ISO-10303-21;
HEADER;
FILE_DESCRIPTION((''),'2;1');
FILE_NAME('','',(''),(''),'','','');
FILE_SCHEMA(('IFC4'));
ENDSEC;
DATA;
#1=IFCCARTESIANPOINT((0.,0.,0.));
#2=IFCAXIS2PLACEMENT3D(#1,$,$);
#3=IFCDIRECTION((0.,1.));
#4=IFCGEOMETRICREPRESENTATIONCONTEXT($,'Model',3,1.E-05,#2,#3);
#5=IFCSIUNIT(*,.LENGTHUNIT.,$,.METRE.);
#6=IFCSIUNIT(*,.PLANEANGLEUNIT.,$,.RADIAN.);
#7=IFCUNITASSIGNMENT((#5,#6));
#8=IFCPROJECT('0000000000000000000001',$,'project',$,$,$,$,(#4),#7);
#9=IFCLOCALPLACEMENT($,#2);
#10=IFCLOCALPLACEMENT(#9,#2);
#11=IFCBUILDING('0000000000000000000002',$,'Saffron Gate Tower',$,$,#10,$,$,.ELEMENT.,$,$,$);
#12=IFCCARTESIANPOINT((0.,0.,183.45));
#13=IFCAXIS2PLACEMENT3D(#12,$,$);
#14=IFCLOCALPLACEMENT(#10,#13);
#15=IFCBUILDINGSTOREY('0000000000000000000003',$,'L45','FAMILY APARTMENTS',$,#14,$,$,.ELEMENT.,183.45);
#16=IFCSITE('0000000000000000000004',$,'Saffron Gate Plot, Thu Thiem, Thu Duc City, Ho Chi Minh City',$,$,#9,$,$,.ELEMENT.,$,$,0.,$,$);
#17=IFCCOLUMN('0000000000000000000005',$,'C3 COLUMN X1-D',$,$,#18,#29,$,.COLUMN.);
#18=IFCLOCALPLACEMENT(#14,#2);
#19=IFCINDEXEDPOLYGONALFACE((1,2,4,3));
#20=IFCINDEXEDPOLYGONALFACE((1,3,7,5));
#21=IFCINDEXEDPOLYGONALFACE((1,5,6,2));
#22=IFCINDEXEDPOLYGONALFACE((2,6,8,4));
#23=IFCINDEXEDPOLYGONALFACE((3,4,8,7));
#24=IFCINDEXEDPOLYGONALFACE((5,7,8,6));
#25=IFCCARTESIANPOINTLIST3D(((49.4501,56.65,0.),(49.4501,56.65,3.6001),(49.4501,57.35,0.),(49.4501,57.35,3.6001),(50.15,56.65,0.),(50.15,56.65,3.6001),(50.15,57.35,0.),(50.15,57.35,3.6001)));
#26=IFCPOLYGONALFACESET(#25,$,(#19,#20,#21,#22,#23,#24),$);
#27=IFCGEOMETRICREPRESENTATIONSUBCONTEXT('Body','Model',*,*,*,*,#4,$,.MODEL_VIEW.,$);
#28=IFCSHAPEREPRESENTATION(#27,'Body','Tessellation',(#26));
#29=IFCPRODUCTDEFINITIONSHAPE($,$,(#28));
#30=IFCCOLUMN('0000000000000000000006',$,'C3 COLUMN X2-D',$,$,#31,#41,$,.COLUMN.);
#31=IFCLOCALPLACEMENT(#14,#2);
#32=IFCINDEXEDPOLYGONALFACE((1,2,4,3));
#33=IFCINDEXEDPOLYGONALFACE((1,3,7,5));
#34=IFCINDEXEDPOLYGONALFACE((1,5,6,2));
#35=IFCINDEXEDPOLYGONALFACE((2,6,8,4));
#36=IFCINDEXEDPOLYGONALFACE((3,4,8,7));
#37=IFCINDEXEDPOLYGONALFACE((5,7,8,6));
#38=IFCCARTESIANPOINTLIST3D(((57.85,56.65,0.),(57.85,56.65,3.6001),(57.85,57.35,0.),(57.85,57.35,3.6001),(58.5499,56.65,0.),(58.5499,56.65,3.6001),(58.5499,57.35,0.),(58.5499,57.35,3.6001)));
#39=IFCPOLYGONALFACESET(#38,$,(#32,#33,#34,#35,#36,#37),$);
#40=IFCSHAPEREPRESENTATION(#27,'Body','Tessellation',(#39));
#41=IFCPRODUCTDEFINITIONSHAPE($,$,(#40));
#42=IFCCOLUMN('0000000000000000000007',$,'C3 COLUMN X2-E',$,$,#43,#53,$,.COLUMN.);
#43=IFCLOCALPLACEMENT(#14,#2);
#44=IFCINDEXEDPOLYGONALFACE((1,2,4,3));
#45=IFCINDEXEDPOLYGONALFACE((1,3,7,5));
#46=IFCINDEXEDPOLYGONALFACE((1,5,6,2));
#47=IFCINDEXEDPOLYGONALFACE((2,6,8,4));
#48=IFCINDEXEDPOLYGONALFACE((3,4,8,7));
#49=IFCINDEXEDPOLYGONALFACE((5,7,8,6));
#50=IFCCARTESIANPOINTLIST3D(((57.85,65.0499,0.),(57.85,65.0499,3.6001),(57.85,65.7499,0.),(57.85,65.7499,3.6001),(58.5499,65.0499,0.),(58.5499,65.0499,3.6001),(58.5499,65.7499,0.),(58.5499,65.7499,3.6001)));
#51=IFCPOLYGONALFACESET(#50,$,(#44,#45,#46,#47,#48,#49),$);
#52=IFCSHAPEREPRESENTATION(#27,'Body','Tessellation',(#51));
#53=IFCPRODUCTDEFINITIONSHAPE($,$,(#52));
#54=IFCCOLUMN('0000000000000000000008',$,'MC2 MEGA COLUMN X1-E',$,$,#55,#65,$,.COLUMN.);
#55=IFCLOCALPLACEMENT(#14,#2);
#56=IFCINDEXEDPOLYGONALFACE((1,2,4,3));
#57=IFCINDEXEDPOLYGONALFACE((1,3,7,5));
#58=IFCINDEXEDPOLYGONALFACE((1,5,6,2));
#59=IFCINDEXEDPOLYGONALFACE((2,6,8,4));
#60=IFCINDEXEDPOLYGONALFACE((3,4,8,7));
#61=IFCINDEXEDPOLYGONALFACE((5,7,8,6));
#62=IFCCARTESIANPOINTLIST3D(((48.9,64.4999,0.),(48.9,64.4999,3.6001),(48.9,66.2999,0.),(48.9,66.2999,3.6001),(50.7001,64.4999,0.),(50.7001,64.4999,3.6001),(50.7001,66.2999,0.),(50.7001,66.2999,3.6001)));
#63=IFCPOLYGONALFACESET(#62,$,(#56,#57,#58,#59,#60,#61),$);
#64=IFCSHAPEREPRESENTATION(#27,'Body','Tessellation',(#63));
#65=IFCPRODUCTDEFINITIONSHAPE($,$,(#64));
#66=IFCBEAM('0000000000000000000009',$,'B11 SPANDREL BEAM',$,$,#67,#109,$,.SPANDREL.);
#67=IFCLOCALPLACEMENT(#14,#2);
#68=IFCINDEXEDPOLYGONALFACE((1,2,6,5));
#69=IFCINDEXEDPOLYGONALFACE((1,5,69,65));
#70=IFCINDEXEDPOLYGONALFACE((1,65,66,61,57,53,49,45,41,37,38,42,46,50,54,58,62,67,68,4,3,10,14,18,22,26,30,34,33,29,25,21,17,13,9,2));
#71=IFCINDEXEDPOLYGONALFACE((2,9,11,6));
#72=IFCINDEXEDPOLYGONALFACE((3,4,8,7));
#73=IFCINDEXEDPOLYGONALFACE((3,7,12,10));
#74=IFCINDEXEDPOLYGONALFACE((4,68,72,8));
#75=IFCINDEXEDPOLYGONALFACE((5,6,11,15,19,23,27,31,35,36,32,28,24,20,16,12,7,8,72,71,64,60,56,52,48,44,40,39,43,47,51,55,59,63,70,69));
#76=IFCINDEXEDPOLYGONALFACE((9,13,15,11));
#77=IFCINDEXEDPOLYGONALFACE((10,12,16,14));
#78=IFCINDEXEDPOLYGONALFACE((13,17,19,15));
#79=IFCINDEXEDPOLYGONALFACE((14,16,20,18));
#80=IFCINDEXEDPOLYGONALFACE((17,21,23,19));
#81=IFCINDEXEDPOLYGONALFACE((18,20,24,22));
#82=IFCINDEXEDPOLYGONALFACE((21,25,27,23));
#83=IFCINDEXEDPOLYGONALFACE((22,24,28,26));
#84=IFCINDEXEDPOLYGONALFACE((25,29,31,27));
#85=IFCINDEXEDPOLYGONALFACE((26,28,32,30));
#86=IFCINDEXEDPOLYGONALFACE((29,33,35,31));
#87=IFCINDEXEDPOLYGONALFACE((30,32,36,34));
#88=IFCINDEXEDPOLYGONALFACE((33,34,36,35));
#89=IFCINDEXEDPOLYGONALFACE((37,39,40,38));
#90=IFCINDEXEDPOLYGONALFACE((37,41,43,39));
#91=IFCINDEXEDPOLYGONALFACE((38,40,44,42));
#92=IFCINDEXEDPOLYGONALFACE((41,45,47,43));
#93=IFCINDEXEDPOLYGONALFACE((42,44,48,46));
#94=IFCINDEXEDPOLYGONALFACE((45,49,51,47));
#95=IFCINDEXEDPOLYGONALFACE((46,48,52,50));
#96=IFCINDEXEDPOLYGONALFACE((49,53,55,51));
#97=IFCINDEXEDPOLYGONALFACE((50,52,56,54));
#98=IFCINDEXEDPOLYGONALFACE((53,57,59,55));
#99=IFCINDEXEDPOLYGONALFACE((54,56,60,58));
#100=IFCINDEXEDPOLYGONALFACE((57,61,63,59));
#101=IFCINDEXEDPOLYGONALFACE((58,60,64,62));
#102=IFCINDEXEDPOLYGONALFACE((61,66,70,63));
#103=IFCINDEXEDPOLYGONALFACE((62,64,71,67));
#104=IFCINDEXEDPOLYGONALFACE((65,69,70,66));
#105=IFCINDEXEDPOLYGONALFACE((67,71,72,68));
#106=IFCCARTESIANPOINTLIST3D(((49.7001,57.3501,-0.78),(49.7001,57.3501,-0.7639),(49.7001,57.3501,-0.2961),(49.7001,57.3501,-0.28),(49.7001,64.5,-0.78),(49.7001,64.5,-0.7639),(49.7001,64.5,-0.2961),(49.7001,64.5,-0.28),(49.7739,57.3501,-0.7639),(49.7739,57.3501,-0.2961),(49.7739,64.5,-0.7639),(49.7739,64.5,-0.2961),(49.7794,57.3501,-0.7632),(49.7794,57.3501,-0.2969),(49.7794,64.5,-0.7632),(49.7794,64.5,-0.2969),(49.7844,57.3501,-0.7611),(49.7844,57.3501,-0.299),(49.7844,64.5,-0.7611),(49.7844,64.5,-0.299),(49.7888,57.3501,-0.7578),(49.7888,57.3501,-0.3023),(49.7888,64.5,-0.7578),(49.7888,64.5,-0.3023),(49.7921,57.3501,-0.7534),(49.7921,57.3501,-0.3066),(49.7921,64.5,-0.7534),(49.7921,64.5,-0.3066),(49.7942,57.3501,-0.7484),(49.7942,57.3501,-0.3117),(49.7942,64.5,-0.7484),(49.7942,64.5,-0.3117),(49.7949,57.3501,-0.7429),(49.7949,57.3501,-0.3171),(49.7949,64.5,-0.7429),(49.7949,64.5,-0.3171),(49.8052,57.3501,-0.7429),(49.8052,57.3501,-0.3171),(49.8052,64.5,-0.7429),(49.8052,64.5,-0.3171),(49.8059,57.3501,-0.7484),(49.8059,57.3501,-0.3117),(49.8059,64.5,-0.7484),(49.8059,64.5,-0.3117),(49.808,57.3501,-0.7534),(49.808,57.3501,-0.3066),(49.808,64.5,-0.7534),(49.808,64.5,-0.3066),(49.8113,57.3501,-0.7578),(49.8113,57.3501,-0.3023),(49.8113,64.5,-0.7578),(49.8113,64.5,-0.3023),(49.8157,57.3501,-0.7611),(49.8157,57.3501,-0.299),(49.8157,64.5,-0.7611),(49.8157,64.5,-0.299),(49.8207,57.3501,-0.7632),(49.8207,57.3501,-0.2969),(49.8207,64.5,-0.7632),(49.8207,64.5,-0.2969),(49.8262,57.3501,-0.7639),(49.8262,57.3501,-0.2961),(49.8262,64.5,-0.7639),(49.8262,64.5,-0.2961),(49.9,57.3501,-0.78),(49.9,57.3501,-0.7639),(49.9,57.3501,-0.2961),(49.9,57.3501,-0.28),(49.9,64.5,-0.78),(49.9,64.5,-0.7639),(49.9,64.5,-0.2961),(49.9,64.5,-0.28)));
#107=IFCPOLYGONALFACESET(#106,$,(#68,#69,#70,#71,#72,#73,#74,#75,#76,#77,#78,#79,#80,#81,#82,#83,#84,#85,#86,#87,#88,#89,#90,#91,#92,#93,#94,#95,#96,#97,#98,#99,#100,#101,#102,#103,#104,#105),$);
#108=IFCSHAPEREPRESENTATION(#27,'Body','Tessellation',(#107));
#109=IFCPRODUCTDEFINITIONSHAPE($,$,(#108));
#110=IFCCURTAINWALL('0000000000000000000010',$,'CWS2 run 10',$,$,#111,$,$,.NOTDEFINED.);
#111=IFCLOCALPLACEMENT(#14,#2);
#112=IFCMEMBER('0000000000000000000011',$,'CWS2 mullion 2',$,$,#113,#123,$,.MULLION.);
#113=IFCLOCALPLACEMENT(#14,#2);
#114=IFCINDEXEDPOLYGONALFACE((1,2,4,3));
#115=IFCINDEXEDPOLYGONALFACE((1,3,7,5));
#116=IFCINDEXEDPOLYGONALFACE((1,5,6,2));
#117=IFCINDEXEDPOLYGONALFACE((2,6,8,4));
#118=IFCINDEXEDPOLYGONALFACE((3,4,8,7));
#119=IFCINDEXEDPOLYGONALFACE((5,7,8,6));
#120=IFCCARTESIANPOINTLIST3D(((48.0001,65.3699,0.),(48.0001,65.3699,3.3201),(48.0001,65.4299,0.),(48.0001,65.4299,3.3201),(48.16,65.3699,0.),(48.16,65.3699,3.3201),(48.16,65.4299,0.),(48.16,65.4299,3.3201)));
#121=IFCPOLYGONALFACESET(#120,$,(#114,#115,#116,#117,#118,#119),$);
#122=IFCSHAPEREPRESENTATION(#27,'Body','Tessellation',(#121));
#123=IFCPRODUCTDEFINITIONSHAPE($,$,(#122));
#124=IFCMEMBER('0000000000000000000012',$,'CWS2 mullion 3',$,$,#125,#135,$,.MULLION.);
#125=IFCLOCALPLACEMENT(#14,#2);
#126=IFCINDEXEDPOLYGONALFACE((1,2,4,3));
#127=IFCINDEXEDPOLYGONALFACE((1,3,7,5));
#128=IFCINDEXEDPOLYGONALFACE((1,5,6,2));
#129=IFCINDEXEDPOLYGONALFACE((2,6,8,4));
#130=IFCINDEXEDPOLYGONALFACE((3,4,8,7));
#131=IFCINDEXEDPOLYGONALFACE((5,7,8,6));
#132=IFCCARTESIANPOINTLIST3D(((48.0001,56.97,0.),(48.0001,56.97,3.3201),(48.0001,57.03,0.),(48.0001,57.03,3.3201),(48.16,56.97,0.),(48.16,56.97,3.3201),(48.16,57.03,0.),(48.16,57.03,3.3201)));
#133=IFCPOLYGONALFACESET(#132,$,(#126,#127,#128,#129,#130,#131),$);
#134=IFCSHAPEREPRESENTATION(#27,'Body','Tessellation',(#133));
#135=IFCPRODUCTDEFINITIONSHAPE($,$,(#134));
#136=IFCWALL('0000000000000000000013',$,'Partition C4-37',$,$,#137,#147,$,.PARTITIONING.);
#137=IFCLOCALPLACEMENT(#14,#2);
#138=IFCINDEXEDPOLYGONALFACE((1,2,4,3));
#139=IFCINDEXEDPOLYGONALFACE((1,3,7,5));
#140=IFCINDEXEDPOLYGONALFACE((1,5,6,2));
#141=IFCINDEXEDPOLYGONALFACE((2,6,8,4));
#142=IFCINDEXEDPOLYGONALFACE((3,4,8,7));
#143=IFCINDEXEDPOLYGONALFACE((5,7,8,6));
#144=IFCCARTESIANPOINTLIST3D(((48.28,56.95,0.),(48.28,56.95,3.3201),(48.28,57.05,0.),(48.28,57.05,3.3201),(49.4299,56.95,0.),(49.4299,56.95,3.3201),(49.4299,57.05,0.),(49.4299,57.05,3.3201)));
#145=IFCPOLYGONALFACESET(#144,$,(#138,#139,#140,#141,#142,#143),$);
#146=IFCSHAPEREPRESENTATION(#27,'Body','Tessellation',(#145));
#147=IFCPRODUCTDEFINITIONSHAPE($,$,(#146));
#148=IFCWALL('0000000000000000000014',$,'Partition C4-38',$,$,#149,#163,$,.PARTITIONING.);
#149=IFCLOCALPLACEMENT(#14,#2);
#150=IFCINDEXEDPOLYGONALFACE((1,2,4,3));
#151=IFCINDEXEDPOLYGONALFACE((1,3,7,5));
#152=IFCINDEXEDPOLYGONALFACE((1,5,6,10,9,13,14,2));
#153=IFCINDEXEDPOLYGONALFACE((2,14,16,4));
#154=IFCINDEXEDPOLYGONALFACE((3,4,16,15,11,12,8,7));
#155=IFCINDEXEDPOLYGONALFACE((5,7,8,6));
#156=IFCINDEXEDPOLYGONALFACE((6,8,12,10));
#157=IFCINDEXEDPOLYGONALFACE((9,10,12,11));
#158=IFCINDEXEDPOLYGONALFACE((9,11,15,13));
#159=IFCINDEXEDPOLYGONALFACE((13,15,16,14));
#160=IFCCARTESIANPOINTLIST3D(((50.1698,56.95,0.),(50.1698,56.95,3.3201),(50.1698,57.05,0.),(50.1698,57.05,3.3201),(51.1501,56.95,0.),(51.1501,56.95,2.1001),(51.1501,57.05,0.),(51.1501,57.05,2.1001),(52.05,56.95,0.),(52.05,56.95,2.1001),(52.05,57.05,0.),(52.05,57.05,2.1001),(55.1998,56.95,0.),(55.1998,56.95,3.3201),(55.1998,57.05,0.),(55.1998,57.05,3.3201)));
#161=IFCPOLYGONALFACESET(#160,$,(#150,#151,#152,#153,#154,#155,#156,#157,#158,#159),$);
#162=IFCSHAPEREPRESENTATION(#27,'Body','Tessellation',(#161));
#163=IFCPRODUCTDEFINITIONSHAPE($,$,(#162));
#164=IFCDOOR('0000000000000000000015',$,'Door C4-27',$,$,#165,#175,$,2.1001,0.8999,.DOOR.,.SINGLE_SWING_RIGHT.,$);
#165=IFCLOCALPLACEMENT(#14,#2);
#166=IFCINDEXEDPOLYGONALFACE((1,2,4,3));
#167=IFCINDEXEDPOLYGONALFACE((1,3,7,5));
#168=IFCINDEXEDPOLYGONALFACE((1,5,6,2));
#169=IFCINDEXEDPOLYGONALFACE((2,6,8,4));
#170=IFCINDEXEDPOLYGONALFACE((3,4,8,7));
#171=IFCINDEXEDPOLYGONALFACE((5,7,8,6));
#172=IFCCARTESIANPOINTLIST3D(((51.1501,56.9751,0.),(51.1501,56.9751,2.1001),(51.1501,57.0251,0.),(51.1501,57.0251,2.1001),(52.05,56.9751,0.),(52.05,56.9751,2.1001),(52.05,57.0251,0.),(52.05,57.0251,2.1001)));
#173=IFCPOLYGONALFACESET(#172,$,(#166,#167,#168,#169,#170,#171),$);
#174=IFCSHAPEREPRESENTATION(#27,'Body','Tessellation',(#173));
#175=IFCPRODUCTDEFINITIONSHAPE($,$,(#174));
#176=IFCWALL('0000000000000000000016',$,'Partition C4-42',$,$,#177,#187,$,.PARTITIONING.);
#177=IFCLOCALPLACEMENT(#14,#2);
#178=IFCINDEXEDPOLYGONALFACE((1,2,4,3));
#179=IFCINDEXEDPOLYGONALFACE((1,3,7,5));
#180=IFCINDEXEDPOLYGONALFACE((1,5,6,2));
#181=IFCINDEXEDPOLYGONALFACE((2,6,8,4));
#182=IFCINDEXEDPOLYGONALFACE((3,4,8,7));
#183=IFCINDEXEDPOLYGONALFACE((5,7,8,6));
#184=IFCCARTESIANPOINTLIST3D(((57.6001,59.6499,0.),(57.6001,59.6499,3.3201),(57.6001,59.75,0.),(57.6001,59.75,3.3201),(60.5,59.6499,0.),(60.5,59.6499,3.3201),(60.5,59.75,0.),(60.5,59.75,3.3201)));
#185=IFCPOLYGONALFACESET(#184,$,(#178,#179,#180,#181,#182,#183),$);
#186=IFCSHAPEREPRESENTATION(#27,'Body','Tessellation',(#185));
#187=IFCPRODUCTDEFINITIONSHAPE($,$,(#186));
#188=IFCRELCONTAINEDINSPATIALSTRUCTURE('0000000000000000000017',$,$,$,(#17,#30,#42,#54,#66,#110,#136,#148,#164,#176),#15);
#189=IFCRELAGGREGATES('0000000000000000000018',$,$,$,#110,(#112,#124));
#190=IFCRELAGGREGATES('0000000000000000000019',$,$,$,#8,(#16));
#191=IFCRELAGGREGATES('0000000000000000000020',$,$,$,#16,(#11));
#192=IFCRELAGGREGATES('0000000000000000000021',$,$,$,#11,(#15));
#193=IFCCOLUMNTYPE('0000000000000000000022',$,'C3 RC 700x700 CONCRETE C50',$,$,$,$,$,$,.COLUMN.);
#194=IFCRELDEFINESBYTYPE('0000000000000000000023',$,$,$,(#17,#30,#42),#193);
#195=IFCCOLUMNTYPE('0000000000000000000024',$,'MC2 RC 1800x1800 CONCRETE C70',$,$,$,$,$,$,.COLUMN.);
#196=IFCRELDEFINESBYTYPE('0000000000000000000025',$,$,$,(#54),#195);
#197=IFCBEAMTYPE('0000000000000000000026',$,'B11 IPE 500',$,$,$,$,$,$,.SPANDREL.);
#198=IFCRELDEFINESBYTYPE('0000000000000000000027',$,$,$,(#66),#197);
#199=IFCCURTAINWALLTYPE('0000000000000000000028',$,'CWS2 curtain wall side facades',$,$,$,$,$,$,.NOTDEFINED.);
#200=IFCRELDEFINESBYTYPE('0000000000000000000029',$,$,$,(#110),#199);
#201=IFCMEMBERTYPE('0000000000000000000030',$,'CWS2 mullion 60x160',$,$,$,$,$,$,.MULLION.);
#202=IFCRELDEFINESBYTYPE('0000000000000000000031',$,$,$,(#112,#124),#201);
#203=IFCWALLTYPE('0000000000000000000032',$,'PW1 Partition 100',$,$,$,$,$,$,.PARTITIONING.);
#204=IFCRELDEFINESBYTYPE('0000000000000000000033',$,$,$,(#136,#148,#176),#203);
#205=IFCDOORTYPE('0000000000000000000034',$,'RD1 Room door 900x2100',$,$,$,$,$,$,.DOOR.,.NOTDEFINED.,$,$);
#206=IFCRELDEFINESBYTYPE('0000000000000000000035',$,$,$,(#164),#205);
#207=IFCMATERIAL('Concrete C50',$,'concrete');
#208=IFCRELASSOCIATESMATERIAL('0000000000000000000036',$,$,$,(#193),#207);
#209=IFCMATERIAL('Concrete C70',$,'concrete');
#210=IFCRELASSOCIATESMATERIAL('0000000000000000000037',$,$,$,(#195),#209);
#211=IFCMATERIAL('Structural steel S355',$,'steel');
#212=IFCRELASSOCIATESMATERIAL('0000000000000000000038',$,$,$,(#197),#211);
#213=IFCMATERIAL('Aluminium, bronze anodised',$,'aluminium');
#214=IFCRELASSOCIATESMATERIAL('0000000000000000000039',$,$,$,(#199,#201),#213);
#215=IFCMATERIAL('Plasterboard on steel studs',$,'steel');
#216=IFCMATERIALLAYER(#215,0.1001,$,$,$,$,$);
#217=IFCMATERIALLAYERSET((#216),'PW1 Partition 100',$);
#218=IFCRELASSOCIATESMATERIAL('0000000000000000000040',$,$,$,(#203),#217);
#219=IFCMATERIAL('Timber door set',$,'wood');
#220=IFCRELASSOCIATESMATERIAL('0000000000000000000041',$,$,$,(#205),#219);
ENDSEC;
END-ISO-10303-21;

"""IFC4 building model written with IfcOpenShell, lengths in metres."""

from ifc_helpers import new_model, si_unit, direction, frame, frame_2d, origin, origin_2d, place, context, subcontext, project, spatial, rectangle, i_section, extrude, material, layer, layer_set, material_profile, profile_set, type_object, element, fill, aggregate, save


model = new_model("IFC4")

# Units and contexts
model_context = context("Model", 3, precision=1e-05, world=origin(), true_north=direction((0.0, 1.0)))
body_context = subcontext(model_context, "Body", "Model", "MODEL_VIEW")
ifc_project = project(units=[si_unit("LENGTHUNIT", "METRE"), si_unit("PLANEANGLEUNIT", "RADIAN")], contexts=[model_context])

# Site, building, storey
site_placement = place(None, origin())
site = spatial("IfcSite", under=ifc_project, at=site_placement, Name="Saffron Gate Plot, Thu Thiem, Thu Duc City, Ho Chi Minh City", CompositionType="ELEMENT", RefElevation=0.0)
building_placement = place(site_placement, origin())
building = spatial("IfcBuilding", under=site, at=building_placement, Name="Saffron Gate Tower", CompositionType="ELEMENT")
storey_placement = place(building_placement, frame((0.0, 0.0, 183.45)))
storey = spatial("IfcBuildingStorey", under=building, at=storey_placement, Name="L45", Description="FAMILY APARTMENTS", CompositionType="ELEMENT", Elevation=183.45)

# Columns
ifc_material_1 = material(Name="Concrete C50", Category="concrete")
ifc_material_profile_1 = material_profile(ifc_material_1, rectangle(XDim=0.7, YDim=0.7, at=origin_2d()))
ifc_profile_set_1 = profile_set([ifc_material_profile_1], Name="Concrete C50")
column_type_1 = type_object("IfcColumnType", Name="C3 RC 700x700 CONCRETE C50", PredefinedType="COLUMN", material=ifc_profile_set_1)
for number, where, z_axis, x_axis, name in (
    (1, (49.8, 57.0, 0.0), (0.0, 0.0, 1.0), (1.0, 0.0, 0.0), "C3 COLUMN X1-D"),
    (2, (58.2, 57.0, 0.0), (0.0, 0.0, 1.0), (1.0, 0.0, 0.0), "C3 COLUMN X2-D"),
    (3, (58.2, 65.3999, 0.0), (0.0, 0.0, 1.0), (1.0, 0.0, 0.0), "C3 COLUMN X2-E"),
):
    element("IfcColumn", number, at=place(storey_placement, frame(where, z_axis=z_axis, x_axis=x_axis)), inside=storey, type_object=column_type_1, Name=name, PredefinedType="COLUMN", context=body_context, shape_type="SweptSolid", body=[
        extrude(rectangle(XDim=0.7, YDim=0.7, at=origin_2d()), origin(), (0.0, 0.0, 1.0), 3.6001),
    ])
ifc_material_2 = material(Name="Concrete C70", Category="concrete")
ifc_material_profile_2 = material_profile(ifc_material_2, rectangle(XDim=1.8, YDim=1.8, at=origin_2d()))
ifc_profile_set_2 = profile_set([ifc_material_profile_2], Name="Concrete C70")
column_type_2 = type_object("IfcColumnType", Name="MC2 RC 1800x1800 CONCRETE C70", PredefinedType="COLUMN", material=ifc_profile_set_2)
column_placement = place(storey_placement, frame((49.8, 65.3999, 0.0), z_axis=(0.0, 0.0, 1.0), x_axis=(1.0, 0.0, 0.0)))
element("IfcColumn", 4, at=column_placement, inside=storey, type_object=column_type_2, Name="MC2 MEGA COLUMN X1-E", PredefinedType="COLUMN", context=body_context, shape_type="SweptSolid", body=[
    extrude(rectangle(XDim=1.8, YDim=1.8, at=origin_2d()), origin(), (0.0, 0.0, 1.0), 3.6001),
])

# Beam
ifc_material_3 = material(Name="Structural steel S355", Category="steel")
ifc_material_profile_3 = material_profile(ifc_material_3, i_section(OverallWidth=0.2, OverallDepth=0.5, WebThickness=0.0103, FlangeThickness=0.0161, FilletRadius=0.021, at=origin_2d()))
ifc_profile_set_3 = profile_set([ifc_material_profile_3], Name="Structural steel S355")
beam_type = type_object("IfcBeamType", Name="B11 IPE 500", PredefinedType="SPANDREL", material=ifc_profile_set_3)
beam_placement = place(storey_placement, frame((49.8, 57.3501, -0.53), z_axis=(0.0, 1.0, 0.0), x_axis=(-1.0, 0.0, 0.0)))
element("IfcBeam", 5, at=beam_placement, inside=storey, type_object=beam_type, Name="B11 SPANDREL BEAM", PredefinedType="SPANDREL", context=body_context, shape_type="SweptSolid", body=[
    extrude(i_section(OverallWidth=0.2, OverallDepth=0.5, WebThickness=0.0103, FlangeThickness=0.0161, FilletRadius=0.021, at=origin_2d()), origin(), (0.0, 0.0, 1.0), 7.1499),
])

# Curtain wall, members
ifc_material_4 = material(Name="Aluminium, bronze anodised", Category="aluminium")
curtain_wall_type = type_object("IfcCurtainWallType", Name="CWS2 curtain wall side facades", PredefinedType="NOTDEFINED", material=ifc_material_4)
curtain_wall_placement = place(storey_placement, origin())
curtain_wall = element("IfcCurtainWall", 6, at=curtain_wall_placement, inside=storey, type_object=curtain_wall_type, Name="CWS2 run 10", PredefinedType="NOTDEFINED")
ifc_material_profile_4 = material_profile(ifc_material_4, rectangle(XDim=0.1599, YDim=0.0601, at=origin_2d()))
ifc_profile_set_4 = profile_set([ifc_material_profile_4], Name="Aluminium, bronze anodised")
member_type = type_object("IfcMemberType", Name="CWS2 mullion 60x160", PredefinedType="MULLION", material=ifc_profile_set_4)
member_1_placement = place(storey_placement, frame((48.0801, 65.3999, 0.0), z_axis=(0.0, 0.0, 1.0), x_axis=(1.0, 0.0, 0.0)))
member_1 = element("IfcMember", 7, at=member_1_placement, type_object=member_type, Name="CWS2 mullion 2", PredefinedType="MULLION", context=body_context, shape_type="SweptSolid", body=[
    extrude(rectangle(XDim=0.1599, YDim=0.0601, at=origin_2d()), origin(), (0.0, 0.0, 1.0), 3.3201),
])
member_2_placement = place(storey_placement, frame((48.0801, 57.0, 0.0), z_axis=(0.0, 0.0, 1.0), x_axis=(1.0, 0.0, 0.0)))
member_2 = element("IfcMember", 8, at=member_2_placement, type_object=member_type, Name="CWS2 mullion 3", PredefinedType="MULLION", context=body_context, shape_type="SweptSolid", body=[
    extrude(rectangle(XDim=0.1599, YDim=0.0601, at=origin_2d()), origin(), (0.0, 0.0, 1.0), 3.3201),
])
aggregate(curtain_wall, [member_1, member_2])

# Wall
ifc_material_5 = material(Name="Plasterboard on steel studs", Category="steel")
ifc_layer_1 = layer(ifc_material_5, 0.1001)
ifc_layer_set_1 = layer_set([ifc_layer_1], Name="PW1 Partition 100")
wall_type_1 = type_object("IfcWallType", Name="PW1 Partition 100", PredefinedType="PARTITIONING", material=ifc_layer_set_1)
wall_1_placement = place(storey_placement, frame((48.28, 57.0, 0.0), z_axis=(0.0, 0.0, 1.0), x_axis=(1.0, 0.0, 0.0)))
element("IfcWall", 9, at=wall_1_placement, inside=storey, type_object=wall_type_1, Name="Partition C4-37", PredefinedType="PARTITIONING", context=body_context, shape_type="SweptSolid", body=[
    extrude(rectangle(XDim=1.1499, YDim=0.1001, at=frame_2d((0.575, 0.0))), origin(), (0.0, 0.0, 1.0), 3.3201),
])

# Wall, opening, door
wall_2_placement = place(storey_placement, frame((55.2, 57.0, 0.0), z_axis=(0.0, 0.0, 1.0), x_axis=(-1.0, 0.0, 0.0)))
wall_2 = element("IfcWall", 10, at=wall_2_placement, inside=storey, type_object=wall_type_1, Name="Partition C4-38", PredefinedType="PARTITIONING", context=body_context, shape_type="SweptSolid", body=[
    extrude(rectangle(XDim=5.03, YDim=0.1001, at=frame_2d((2.5151, 0.0))), origin(), (0.0, 0.0, 1.0), 3.3201),
])
opening_1_placement = place(wall_2_placement, frame((3.1499, 0.0, 0.0)))
opening_1 = element("IfcOpeningElement", 11, at=opening_1_placement, cuts=wall_2, PredefinedType="OPENING", context=body_context, shape_type="SweptSolid", body=[
    extrude(rectangle(XDim=0.8999, YDim=2.1001, at=frame_2d((0.45, 1.05))), frame((0.0, 0.0601, 0.0), z_axis=(0.0, -1.0, 0.0), x_axis=(1.0, 0.0, 0.0)), (0.0, 0.0, 1.0), 0.1201),
])
ifc_material_6 = material(Name="Timber door set", Category="wood")
door_type = type_object("IfcDoorType", Name="RD1 Room door 900x2100", OperationType="NOTDEFINED", PredefinedType="DOOR", material=ifc_material_6)
door_1_placement = place(opening_1_placement, origin())
door_1 = element("IfcDoor", 12, at=door_1_placement, inside=storey, type_object=door_type, Name="Door C4-27", OperationType="SINGLE_SWING_RIGHT", OverallHeight=2.1001, OverallWidth=0.8999, PredefinedType="DOOR", context=body_context, shape_type="SweptSolid", body=[
    extrude(rectangle(XDim=0.8999, YDim=2.1001, at=frame_2d((0.45, 1.05))), frame((0.0, 0.0249, 0.0), z_axis=(0.0, -1.0, 0.0), x_axis=(1.0, 0.0, 0.0)), (0.0, 0.0, 1.0), 0.05),
])
fill(opening_1, door_1)

# Wall
wall_3_placement = place(storey_placement, frame((57.6001, 59.7, 0.0), z_axis=(0.0, 0.0, 1.0), x_axis=(1.0, 0.0, 0.0)))
element("IfcWall", 13, at=wall_3_placement, inside=storey, type_object=wall_type_1, Name="Partition C4-42", PredefinedType="PARTITIONING", context=body_context, shape_type="SweptSolid", body=[
    extrude(rectangle(XDim=2.8999, YDim=0.1001, at=frame_2d((1.45, 0.0))), origin(), (0.0, 0.0, 1.0), 3.3201),
])

save(model, "model.ifc")
